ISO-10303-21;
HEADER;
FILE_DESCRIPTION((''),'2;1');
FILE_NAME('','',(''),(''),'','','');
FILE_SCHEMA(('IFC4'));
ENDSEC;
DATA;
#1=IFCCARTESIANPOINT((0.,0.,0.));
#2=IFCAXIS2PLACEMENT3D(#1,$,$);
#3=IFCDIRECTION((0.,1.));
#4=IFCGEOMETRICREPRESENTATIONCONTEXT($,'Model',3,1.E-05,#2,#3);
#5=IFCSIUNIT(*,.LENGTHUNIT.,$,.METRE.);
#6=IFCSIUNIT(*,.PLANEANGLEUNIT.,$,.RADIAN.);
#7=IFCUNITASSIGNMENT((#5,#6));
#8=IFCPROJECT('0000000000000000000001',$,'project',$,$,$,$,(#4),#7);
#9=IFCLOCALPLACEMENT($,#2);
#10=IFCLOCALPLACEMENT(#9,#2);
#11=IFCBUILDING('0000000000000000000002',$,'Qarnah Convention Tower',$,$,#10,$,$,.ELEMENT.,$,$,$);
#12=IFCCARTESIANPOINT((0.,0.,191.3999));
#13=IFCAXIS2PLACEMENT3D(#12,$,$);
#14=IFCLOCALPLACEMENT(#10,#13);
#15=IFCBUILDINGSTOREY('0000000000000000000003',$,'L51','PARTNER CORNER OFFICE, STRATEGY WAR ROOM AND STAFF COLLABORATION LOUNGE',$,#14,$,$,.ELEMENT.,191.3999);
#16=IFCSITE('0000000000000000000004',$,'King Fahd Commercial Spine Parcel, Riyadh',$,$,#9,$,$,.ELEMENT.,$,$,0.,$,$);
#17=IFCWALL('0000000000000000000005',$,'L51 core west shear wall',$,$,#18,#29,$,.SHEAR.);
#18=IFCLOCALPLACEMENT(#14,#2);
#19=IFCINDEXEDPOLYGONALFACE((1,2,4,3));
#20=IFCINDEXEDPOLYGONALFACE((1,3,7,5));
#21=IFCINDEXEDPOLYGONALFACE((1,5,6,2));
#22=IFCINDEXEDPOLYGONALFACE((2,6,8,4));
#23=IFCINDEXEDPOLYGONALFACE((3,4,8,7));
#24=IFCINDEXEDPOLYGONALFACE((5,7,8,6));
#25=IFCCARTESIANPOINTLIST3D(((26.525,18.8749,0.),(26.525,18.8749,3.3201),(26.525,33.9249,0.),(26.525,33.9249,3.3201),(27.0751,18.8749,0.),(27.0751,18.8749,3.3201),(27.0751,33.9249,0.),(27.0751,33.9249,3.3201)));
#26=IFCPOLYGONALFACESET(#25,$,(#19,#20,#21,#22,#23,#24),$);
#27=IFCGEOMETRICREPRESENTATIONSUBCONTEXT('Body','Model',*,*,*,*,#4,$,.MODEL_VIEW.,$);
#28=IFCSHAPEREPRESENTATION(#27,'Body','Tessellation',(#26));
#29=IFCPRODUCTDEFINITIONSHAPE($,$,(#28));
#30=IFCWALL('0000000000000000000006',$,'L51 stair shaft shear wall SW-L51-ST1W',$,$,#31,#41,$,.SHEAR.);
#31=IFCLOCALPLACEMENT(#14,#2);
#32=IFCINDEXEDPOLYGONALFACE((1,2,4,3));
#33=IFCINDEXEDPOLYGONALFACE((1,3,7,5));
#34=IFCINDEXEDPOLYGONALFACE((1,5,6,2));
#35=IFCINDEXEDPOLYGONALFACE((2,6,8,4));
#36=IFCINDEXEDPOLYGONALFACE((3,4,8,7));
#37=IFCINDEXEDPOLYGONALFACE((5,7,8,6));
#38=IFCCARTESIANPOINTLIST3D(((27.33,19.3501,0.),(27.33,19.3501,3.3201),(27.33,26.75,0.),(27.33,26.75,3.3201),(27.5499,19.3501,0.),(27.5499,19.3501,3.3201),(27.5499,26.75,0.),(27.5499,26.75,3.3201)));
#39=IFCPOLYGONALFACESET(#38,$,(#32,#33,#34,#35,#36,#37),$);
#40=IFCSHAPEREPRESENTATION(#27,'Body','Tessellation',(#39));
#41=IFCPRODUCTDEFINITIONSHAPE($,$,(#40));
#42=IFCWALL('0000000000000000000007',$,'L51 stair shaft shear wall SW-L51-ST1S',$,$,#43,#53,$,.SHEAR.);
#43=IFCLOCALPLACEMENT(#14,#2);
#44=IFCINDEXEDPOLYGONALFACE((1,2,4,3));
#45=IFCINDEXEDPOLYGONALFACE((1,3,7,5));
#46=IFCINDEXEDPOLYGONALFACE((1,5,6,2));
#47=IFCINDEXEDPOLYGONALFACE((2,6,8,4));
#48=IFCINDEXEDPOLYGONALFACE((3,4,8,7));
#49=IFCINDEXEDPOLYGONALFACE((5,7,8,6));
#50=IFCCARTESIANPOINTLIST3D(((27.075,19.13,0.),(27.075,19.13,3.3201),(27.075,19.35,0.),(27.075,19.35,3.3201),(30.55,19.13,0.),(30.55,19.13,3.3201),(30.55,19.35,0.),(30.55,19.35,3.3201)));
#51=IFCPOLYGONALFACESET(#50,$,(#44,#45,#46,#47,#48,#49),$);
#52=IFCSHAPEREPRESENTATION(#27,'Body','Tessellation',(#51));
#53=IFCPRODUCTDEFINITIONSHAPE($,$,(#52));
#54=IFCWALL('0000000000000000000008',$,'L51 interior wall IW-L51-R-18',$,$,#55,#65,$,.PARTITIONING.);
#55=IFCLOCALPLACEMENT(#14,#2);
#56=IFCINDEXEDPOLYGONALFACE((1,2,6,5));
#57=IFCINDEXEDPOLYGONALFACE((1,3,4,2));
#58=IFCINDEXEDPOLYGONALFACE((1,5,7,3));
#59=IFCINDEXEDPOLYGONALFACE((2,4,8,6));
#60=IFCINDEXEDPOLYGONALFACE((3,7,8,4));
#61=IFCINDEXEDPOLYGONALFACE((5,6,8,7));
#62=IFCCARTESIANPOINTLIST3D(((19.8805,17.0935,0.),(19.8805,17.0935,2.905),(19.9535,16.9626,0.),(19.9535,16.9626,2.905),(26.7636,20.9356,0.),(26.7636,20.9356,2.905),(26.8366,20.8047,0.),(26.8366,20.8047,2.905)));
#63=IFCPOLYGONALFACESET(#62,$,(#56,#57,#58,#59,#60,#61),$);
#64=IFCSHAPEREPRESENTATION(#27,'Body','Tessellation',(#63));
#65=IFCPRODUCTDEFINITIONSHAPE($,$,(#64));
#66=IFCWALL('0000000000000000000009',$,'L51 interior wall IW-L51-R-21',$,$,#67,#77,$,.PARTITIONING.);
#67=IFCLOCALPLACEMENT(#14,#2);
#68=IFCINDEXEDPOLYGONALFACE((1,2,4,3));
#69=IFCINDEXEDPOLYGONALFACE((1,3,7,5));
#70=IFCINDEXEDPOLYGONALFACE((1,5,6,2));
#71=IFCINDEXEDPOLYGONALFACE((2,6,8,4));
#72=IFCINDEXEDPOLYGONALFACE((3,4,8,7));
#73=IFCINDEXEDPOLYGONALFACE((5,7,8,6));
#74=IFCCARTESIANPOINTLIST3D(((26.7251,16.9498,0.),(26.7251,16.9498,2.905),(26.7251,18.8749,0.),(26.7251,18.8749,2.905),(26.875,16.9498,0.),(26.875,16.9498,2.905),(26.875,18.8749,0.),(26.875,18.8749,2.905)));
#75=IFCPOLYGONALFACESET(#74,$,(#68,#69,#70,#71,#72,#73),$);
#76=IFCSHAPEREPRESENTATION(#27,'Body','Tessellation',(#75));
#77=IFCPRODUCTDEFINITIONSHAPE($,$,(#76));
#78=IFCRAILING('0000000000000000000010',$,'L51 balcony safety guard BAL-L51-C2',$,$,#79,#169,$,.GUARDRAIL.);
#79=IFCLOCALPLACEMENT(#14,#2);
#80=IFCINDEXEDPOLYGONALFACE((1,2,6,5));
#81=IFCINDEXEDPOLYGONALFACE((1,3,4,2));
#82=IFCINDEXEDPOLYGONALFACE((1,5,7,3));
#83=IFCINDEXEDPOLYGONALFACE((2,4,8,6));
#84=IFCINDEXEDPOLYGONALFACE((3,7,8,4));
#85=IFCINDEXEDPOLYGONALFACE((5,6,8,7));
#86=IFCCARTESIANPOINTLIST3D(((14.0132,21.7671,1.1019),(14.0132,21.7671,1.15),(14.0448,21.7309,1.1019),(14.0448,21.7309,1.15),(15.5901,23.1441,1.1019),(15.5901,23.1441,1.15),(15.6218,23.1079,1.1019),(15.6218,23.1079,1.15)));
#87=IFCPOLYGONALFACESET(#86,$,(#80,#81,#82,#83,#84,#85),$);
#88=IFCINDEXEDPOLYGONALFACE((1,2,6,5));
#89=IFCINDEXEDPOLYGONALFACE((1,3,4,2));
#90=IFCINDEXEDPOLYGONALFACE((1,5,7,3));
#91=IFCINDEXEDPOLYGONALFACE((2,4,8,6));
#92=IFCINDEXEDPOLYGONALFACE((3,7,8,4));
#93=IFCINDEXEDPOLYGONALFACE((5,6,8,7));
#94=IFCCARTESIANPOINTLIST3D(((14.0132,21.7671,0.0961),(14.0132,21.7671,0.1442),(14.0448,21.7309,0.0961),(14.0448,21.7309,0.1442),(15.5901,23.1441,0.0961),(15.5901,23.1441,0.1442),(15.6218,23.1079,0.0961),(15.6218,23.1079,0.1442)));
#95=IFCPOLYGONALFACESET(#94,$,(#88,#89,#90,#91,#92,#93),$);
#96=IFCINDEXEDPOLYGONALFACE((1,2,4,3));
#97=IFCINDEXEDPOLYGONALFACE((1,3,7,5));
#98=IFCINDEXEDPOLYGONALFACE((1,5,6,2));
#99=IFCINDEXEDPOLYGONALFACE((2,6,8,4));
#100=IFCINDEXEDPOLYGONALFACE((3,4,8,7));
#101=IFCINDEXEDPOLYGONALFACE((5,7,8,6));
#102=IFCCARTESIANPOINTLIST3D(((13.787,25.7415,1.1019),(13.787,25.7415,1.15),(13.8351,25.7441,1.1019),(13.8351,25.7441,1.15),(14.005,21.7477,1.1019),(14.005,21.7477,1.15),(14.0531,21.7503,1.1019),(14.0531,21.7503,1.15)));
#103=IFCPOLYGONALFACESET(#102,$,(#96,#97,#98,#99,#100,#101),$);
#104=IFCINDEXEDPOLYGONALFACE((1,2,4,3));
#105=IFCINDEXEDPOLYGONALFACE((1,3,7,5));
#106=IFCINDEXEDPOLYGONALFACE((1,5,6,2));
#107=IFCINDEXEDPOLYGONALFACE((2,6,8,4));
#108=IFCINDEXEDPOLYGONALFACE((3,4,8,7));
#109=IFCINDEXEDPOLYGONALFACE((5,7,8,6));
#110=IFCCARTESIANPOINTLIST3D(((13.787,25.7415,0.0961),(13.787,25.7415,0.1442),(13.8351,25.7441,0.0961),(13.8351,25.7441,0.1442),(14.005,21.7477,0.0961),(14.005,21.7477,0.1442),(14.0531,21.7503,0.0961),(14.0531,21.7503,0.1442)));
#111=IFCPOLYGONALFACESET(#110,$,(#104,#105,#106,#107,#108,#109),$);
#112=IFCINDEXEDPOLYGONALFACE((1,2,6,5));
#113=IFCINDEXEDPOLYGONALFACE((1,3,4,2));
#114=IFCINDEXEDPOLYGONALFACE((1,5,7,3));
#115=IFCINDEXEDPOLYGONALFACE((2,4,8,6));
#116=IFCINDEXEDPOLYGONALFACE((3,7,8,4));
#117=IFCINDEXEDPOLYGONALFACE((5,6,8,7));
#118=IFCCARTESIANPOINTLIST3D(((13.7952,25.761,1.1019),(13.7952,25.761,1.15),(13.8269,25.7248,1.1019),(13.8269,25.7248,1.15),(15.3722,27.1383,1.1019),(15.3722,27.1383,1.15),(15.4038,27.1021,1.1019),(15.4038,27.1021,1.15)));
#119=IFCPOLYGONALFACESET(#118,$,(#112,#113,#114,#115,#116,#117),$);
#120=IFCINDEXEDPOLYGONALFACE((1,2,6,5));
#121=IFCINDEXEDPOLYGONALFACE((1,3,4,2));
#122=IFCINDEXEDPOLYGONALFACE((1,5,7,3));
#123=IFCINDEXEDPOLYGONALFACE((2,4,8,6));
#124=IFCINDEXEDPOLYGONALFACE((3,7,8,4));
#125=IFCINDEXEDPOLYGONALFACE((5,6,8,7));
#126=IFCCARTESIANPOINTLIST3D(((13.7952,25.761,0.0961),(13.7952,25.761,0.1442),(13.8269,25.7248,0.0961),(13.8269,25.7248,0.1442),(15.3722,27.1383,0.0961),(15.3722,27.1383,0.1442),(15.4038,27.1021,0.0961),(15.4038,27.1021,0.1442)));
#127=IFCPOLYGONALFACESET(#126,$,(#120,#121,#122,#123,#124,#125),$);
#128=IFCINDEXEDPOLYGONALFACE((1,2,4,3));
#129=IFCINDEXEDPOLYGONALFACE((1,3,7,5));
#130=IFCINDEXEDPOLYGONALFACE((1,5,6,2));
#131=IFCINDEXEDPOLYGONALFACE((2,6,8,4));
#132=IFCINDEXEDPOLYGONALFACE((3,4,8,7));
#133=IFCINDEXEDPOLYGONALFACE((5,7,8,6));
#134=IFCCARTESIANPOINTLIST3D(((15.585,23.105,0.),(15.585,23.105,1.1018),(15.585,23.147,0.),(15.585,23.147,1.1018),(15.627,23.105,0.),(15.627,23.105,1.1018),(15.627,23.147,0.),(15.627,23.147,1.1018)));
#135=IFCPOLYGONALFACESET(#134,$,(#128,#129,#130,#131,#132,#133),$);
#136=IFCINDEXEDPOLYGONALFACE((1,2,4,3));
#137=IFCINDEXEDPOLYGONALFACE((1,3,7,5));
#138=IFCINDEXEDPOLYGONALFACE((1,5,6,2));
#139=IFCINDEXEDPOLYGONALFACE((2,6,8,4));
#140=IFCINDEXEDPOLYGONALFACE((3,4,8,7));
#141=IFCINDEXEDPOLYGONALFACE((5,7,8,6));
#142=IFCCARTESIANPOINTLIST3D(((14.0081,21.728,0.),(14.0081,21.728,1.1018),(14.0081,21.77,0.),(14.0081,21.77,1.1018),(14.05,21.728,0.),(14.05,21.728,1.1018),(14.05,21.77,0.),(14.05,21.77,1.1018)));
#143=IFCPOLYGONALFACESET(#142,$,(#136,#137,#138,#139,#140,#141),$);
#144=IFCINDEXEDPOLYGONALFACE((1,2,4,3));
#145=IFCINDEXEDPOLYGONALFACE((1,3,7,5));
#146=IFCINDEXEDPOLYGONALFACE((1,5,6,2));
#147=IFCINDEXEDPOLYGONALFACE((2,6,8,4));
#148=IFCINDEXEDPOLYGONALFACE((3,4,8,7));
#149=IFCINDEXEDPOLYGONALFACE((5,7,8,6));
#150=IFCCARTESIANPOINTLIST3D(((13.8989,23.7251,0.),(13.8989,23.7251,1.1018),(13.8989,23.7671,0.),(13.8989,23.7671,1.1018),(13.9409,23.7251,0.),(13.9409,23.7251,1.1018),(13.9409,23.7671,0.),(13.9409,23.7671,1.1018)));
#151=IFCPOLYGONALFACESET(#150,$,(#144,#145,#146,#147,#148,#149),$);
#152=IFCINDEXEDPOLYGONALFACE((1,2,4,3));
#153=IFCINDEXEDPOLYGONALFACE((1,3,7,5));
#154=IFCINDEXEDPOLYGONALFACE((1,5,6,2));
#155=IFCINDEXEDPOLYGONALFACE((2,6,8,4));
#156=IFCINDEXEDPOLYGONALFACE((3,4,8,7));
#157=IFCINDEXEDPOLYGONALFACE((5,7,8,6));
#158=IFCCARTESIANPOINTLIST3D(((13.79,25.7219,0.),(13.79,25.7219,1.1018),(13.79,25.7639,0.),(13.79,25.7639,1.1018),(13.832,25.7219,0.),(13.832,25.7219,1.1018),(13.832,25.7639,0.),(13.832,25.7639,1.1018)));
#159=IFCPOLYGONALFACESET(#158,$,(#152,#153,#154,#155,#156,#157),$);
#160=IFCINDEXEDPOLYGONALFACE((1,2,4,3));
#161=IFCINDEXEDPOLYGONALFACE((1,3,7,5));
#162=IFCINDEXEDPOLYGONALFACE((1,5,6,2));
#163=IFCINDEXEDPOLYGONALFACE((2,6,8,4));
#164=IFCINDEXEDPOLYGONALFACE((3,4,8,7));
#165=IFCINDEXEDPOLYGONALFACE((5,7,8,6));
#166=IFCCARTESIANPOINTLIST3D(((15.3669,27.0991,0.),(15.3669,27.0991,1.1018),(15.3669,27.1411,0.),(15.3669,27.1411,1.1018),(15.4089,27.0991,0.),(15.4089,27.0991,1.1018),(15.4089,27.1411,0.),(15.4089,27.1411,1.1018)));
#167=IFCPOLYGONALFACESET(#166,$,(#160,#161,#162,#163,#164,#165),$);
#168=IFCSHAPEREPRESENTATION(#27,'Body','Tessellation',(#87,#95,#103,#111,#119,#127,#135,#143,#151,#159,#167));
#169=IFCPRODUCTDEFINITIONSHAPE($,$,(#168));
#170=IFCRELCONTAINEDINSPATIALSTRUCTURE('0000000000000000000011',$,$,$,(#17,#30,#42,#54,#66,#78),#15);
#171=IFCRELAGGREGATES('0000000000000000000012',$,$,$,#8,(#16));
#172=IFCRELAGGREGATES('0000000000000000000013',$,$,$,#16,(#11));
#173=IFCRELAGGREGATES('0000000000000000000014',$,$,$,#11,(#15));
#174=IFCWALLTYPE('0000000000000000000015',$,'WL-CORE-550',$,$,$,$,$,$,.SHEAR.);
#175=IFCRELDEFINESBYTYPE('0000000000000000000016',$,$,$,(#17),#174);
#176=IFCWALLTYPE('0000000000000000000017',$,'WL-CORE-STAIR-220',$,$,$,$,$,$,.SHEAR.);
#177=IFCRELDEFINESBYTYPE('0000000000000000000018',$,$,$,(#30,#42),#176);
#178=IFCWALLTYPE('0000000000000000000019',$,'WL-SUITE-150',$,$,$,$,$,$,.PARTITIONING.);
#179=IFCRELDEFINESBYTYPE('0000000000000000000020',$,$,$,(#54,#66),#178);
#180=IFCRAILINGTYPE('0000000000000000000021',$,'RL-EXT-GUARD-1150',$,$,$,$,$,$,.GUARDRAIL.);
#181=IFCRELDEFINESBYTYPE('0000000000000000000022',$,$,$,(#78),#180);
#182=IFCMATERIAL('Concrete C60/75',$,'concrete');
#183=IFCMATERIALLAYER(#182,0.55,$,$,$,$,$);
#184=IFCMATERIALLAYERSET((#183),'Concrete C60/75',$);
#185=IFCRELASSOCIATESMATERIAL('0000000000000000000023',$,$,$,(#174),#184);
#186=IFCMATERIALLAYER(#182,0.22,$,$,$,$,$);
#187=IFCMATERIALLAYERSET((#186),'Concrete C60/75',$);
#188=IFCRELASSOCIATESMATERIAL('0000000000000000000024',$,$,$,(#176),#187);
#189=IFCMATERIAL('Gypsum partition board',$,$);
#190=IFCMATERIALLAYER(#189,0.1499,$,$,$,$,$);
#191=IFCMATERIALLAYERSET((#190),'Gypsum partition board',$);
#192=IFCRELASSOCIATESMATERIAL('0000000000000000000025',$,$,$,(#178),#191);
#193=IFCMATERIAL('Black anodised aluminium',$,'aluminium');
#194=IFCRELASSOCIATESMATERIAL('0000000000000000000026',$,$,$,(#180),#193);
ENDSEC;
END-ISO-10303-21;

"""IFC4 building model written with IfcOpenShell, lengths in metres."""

from ifc_helpers import new_model, si_unit, direction, frame, frame_2d, origin, origin_2d, place, context, subcontext, project, spatial, rectangle, extrude, material, layer, layer_set, type_object, element, save


model = new_model("IFC4")

# Units and contexts
model_context = context("Model", 3, precision=1e-05, world=origin(), true_north=direction((0.0, 1.0)))
body_context = subcontext(model_context, "Body", "Model", "MODEL_VIEW")
ifc_project = project(units=[si_unit("LENGTHUNIT", "METRE"), si_unit("PLANEANGLEUNIT", "RADIAN")], contexts=[model_context])

# Site, building, storey
site_placement = place(None, origin())
site = spatial("IfcSite", under=ifc_project, at=site_placement, Name="King Fahd Commercial Spine Parcel, Riyadh", CompositionType="ELEMENT", RefElevation=0.0)
building_placement = place(site_placement, origin())
building = spatial("IfcBuilding", under=site, at=building_placement, Name="Qarnah Convention Tower", CompositionType="ELEMENT")
storey_placement = place(building_placement, frame((0.0, 0.0, 191.3999)))
storey = spatial("IfcBuildingStorey", under=building, at=storey_placement, Name="L51", Description="PARTNER CORNER OFFICE, STRATEGY WAR ROOM AND STAFF COLLABORATION LOUNGE", CompositionType="ELEMENT", Elevation=191.3999)

# Shared definitions
ifc_material_1 = material(Name="Black anodised aluminium", Category="aluminium")

# Shared definitions
ifc_material_2 = material(Name="Concrete C60/75", Category="concrete")
ifc_layer_1 = layer(ifc_material_2, 0.55)
ifc_layer_set_1 = layer_set([ifc_layer_1], Name="Concrete C60/75")
wall_type_1 = type_object("IfcWallType", Name="WL-CORE-550", PredefinedType="SHEAR", material=ifc_layer_set_1)

# Walls
wall_1_placement = place(storey_placement, frame((26.8, 18.875, 0.0), z_axis=(0.0, 0.0, 1.0), x_axis=(0.0, 1.0, 0.0)))
element("IfcWall", 1, at=wall_1_placement, inside=storey, type_object=wall_type_1, Name="L51 core west shear wall", PredefinedType="SHEAR", context=body_context, shape_type="SweptSolid", body=[
    extrude(rectangle(XDim=15.05, YDim=0.55, at=frame_2d((7.5249, 0.0))), origin(), (0.0, 0.0, 1.0), 3.3201),
])
ifc_layer_2 = layer(ifc_material_2, 0.22)
ifc_layer_set_2 = layer_set([ifc_layer_2], Name="Concrete C60/75")
wall_type_2 = type_object("IfcWallType", Name="WL-CORE-STAIR-220", PredefinedType="SHEAR", material=ifc_layer_set_2)
wall_2_placement = place(storey_placement, frame((27.4399, 19.3501, 0.0), z_axis=(0.0, 0.0, 1.0), x_axis=(0.0, 1.0, 0.0)))
element("IfcWall", 2, at=wall_2_placement, inside=storey, type_object=wall_type_2, Name="L51 stair shaft shear wall SW-L51-ST1W", PredefinedType="SHEAR", context=body_context, shape_type="SweptSolid", body=[
    extrude(rectangle(XDim=7.3999, YDim=0.22, at=frame_2d((3.7, 0.0))), origin(), (0.0, 0.0, 1.0), 3.3201),
])
wall_3_placement = place(storey_placement, frame((27.075, 19.24, 0.0), z_axis=(0.0, 0.0, 1.0), x_axis=(1.0, 0.0, 0.0)))
element("IfcWall", 3, at=wall_3_placement, inside=storey, type_object=wall_type_2, Name="L51 stair shaft shear wall SW-L51-ST1S", PredefinedType="SHEAR", context=body_context, shape_type="SweptSolid", body=[
    extrude(rectangle(XDim=3.4751, YDim=0.22, at=frame_2d((1.7375, 0.0))), origin(), (0.0, 0.0, 1.0), 3.3201),
])

# Walls
ifc_material_3 = material(Name="Gypsum partition board")
ifc_layer_3 = layer(ifc_material_3, 0.1499)
ifc_layer_set_3 = layer_set([ifc_layer_3], Name="Gypsum partition board")
wall_type_3 = type_object("IfcWallType", Name="WL-SUITE-150", PredefinedType="PARTITIONING", material=ifc_layer_set_3)
wall_4_placement = place(storey_placement, frame((19.917, 17.0281, 0.0), z_axis=(0.0, 0.0, 1.0), x_axis=(0.87318, 0.487399, 0.0)))
element("IfcWall", 4, at=wall_4_placement, inside=storey, type_object=wall_type_3, Name="L51 interior wall IW-L51-R-18", PredefinedType="PARTITIONING", context=body_context, shape_type="SweptSolid", body=[
    extrude(rectangle(XDim=7.8828, YDim=0.1499, at=frame_2d((3.9414, 0.0))), origin(), (0.0, 0.0, 1.0), 2.905),
])
wall_5_placement = place(storey_placement, frame((26.8, 16.95, 0.0), z_axis=(0.0, 0.0, 1.0), x_axis=(0.0, 1.0, 0.0)))
element("IfcWall", 5, at=wall_5_placement, inside=storey, type_object=wall_type_3, Name="L51 interior wall IW-L51-R-21", PredefinedType="PARTITIONING", context=body_context, shape_type="SweptSolid", body=[
    extrude(rectangle(XDim=1.925, YDim=0.1499, at=frame_2d((0.9624, 0.0))), origin(), (0.0, 0.0, 1.0), 2.905),
])

# Railing
railing_type = type_object("IfcRailingType", Name="RL-EXT-GUARD-1150", PredefinedType="GUARDRAIL", material=ifc_material_1)
railing_placement = place(storey_placement, frame((15.606, 23.126, 0.0)))
element("IfcRailing", 6, at=railing_placement, inside=storey, type_object=railing_type, Name="L51 balcony safety guard BAL-L51-C2", PredefinedType="GUARDRAIL", context=body_context, shape_type="SweptSolid", body=[
    extrude(rectangle(XDim=0.0481, YDim=0.0481, at=origin_2d()), frame((0.0, 0.0, 1.126), z_axis=(-0.753248, -0.657736, 0.0), x_axis=(0.657736, -0.753248, 0.0)), (0.0, 0.0, 1.0), 2.0935),
    extrude(rectangle(XDim=0.0481, YDim=0.0481, at=origin_2d()), frame((0.0, 0.0, 0.1201), z_axis=(-0.753248, -0.657736, 0.0), x_axis=(0.657736, -0.753248, 0.0)), (0.0, 0.0, 1.0), 2.0935),
    extrude(rectangle(XDim=0.0481, YDim=0.0481, at=origin_2d()), frame((-1.5769, -1.377, 1.126), z_axis=(-0.054507, 0.998513, 0.0), x_axis=(-0.998513, -0.054507, 0.0)), (0.0, 0.0, 1.0), 3.9998),
    extrude(rectangle(XDim=0.0481, YDim=0.0481, at=origin_2d()), frame((-1.5769, -1.377, 0.1201), z_axis=(-0.054507, 0.998513, 0.0), x_axis=(-0.998513, -0.054507, 0.0)), (0.0, 0.0, 1.0), 3.9998),
    extrude(rectangle(XDim=0.0481, YDim=0.0481, at=origin_2d()), frame((-1.7949, 2.6169, 1.126), z_axis=(0.75319, 0.657803, 0.0), x_axis=(-0.657803, 0.75319, 0.0)), (0.0, 0.0, 1.0), 2.0938),
    extrude(rectangle(XDim=0.0481, YDim=0.0481, at=origin_2d()), frame((-1.7949, 2.6169, 0.1201), z_axis=(0.75319, 0.657803, 0.0), x_axis=(-0.657803, 0.75319, 0.0)), (0.0, 0.0, 1.0), 2.0938),
    extrude(rectangle(XDim=0.042, YDim=0.042, at=origin_2d()), origin(), (0.0, 0.0, 1.0), 1.1018),
    extrude(rectangle(XDim=0.042, YDim=0.042, at=origin_2d()), frame((-1.5769, -1.377, 0.0)), (0.0, 0.0, 1.0), 1.1018),
    extrude(rectangle(XDim=0.042, YDim=0.042, at=origin_2d()), frame((-1.686, 0.6201, 0.0)), (0.0, 0.0, 1.0), 1.1018),
    extrude(rectangle(XDim=0.042, YDim=0.042, at=origin_2d()), frame((-1.7949, 2.6169, 0.0)), (0.0, 0.0, 1.0), 1.1018),
    extrude(rectangle(XDim=0.042, YDim=0.042, at=origin_2d()), frame((-0.218, 3.9941, 0.0)), (0.0, 0.0, 1.0), 1.1018),
])

save(model, "model.ifc")
